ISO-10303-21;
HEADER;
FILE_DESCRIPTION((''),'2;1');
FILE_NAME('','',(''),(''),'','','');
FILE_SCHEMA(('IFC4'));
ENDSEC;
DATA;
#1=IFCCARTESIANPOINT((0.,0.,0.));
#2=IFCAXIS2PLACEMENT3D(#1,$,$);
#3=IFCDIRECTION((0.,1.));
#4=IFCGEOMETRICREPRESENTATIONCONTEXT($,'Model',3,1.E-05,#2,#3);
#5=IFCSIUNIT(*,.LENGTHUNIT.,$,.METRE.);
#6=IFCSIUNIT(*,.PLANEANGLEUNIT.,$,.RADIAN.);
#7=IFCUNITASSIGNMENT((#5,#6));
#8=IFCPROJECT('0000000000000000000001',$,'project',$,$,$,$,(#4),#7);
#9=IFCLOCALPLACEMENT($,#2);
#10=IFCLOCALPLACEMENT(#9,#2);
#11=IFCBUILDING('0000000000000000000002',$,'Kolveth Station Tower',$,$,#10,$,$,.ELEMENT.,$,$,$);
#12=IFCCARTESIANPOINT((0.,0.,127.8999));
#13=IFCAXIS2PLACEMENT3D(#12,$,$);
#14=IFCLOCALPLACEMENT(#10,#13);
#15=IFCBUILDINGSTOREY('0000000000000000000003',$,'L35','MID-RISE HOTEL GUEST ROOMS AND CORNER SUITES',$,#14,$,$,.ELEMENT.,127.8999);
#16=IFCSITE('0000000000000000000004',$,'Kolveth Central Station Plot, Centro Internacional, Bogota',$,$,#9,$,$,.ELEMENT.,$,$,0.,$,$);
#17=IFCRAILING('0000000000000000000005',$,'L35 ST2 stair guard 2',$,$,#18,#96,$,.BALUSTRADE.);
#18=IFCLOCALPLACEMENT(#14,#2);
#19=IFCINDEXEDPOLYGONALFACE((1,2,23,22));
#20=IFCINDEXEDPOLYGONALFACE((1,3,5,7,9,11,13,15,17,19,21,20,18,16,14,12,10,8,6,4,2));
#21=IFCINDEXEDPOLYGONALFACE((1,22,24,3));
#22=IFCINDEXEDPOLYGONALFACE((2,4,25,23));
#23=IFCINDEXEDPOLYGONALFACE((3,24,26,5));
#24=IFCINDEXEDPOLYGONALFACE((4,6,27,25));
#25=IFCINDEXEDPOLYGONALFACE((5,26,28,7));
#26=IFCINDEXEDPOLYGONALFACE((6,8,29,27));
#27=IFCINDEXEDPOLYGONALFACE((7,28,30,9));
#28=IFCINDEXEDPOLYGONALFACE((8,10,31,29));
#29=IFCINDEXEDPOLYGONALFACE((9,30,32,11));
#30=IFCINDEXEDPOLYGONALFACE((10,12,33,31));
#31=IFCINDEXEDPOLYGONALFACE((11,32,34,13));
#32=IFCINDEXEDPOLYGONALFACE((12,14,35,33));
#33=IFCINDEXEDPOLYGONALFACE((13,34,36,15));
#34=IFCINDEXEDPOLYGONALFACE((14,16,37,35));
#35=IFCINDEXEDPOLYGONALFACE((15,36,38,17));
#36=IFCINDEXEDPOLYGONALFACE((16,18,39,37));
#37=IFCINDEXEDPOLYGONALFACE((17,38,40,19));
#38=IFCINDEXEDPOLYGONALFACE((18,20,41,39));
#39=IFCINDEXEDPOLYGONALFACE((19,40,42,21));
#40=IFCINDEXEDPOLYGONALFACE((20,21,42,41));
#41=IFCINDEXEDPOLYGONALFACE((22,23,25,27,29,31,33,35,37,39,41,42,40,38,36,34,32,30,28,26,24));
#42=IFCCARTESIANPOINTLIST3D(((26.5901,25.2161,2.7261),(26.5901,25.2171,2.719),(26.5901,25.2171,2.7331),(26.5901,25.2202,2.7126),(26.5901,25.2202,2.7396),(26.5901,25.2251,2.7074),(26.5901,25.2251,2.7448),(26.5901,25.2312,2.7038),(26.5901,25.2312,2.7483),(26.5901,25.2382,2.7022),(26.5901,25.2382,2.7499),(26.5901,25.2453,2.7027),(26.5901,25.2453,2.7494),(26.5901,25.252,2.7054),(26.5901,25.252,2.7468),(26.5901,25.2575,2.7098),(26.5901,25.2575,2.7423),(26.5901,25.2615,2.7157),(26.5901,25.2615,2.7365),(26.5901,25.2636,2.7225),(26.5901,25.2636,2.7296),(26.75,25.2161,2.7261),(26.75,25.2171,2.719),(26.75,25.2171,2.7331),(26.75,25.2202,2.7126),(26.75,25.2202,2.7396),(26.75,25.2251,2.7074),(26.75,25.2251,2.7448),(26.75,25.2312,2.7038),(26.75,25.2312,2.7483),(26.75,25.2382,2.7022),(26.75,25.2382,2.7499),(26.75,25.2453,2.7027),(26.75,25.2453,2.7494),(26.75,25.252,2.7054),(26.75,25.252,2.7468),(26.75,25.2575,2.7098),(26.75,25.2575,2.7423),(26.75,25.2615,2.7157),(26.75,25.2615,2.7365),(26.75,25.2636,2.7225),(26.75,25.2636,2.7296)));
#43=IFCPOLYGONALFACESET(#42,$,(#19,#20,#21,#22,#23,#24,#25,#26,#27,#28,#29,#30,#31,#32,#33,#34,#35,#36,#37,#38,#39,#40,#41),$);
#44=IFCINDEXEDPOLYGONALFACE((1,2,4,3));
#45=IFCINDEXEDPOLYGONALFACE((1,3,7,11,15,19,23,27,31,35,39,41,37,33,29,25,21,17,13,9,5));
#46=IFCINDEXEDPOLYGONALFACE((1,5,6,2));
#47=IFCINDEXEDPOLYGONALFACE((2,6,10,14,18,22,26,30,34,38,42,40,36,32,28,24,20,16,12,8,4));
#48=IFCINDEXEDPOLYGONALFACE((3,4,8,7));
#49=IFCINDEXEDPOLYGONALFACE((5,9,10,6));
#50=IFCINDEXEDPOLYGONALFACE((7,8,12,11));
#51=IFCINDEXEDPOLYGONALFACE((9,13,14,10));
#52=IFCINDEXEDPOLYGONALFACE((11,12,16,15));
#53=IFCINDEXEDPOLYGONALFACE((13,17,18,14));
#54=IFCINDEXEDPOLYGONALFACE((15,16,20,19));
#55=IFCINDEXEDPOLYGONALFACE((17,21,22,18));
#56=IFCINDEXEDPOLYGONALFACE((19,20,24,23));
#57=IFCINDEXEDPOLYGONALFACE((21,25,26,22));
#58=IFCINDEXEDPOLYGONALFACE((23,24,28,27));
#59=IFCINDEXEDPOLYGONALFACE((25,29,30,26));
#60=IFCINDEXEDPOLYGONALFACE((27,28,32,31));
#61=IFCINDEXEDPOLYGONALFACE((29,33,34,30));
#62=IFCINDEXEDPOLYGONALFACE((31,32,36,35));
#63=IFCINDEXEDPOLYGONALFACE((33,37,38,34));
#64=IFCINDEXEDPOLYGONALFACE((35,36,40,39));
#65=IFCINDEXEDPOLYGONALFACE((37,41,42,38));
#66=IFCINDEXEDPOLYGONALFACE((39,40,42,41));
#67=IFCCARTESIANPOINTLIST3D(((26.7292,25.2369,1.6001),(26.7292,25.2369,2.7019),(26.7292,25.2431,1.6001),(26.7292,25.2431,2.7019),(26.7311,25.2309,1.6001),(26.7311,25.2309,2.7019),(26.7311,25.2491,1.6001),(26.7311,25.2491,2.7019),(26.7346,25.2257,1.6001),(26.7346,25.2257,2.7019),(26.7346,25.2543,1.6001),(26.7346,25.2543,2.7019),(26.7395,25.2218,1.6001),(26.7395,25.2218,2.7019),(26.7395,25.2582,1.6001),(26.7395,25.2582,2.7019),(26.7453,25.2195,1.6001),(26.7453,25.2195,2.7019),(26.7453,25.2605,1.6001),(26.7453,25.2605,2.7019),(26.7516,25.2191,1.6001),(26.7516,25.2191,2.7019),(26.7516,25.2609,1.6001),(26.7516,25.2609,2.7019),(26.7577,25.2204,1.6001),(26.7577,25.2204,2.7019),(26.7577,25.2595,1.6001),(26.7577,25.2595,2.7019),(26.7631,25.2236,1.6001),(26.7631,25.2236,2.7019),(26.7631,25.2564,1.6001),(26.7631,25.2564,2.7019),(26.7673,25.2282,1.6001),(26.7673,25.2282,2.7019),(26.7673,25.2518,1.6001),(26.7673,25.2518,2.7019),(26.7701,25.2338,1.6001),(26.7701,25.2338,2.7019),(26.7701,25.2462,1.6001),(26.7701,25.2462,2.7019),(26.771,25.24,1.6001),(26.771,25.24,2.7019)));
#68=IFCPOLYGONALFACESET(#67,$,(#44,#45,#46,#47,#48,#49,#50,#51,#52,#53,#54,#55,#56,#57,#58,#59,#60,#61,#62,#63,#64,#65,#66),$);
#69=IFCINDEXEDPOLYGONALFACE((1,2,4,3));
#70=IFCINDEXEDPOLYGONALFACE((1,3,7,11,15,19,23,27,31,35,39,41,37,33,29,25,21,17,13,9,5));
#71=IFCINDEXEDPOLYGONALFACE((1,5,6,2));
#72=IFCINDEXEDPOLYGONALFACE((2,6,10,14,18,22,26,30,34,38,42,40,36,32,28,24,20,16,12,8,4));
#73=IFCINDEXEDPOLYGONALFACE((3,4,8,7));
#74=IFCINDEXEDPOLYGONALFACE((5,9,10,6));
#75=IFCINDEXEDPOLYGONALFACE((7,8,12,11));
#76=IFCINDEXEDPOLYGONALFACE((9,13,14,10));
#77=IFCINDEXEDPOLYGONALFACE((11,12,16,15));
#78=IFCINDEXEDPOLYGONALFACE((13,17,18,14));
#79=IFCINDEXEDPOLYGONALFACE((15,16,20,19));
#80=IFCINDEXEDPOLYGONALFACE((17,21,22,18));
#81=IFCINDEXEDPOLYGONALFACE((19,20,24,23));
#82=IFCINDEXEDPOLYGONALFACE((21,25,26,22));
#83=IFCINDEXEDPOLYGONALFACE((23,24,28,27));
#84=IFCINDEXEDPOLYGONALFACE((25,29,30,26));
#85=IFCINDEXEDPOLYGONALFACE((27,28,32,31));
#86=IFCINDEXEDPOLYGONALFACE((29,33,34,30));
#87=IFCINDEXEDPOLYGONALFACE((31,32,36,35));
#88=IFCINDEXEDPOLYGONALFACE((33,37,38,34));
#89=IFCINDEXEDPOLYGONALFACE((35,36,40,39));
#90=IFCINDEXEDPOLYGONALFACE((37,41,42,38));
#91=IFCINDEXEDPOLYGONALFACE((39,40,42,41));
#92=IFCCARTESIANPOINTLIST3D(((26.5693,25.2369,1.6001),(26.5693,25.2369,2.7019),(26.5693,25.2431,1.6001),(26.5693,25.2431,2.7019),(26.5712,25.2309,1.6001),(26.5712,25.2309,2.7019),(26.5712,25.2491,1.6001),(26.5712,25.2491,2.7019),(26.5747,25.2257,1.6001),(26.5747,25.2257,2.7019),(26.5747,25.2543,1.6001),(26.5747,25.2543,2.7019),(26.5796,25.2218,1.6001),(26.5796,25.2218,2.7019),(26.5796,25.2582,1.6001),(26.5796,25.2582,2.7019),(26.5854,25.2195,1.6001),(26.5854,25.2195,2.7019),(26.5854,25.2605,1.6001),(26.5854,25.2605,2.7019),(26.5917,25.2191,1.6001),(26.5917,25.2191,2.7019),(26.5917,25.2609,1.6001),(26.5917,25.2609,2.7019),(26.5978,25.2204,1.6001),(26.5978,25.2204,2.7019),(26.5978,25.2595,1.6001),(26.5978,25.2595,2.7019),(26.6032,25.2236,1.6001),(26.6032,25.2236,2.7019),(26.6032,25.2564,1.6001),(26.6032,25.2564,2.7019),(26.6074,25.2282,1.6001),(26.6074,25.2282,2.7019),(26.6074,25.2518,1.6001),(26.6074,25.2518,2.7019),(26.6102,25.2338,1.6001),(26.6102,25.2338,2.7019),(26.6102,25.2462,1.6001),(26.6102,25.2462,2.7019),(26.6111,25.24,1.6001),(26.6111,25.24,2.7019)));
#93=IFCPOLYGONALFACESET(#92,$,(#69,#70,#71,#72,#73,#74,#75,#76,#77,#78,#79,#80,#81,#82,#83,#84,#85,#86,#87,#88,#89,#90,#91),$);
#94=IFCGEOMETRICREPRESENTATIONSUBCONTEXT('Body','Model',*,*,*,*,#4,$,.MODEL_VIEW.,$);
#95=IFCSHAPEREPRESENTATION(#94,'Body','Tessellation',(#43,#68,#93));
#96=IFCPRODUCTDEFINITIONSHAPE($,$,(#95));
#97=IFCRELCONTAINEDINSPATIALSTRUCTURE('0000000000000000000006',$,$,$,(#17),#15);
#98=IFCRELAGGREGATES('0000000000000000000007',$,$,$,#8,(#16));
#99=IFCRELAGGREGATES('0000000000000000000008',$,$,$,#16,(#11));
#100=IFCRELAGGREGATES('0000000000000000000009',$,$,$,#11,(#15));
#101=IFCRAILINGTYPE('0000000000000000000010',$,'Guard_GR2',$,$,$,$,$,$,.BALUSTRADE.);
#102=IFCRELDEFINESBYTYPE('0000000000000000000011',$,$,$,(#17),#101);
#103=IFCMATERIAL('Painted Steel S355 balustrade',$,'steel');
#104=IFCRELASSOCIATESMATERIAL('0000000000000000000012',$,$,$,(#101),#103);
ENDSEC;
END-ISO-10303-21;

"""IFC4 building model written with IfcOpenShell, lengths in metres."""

from ifc_helpers import new_model, si_unit, direction, frame, origin, origin_2d, place, context, subcontext, project, spatial, circle, extrude, material, type_object, element, save


model = new_model("IFC4")

# Units and contexts
model_context = context("Model", 3, precision=1e-05, world=origin(), true_north=direction((0.0, 1.0)))
body_context = subcontext(model_context, "Body", "Model", "MODEL_VIEW")
ifc_project = project(units=[si_unit("LENGTHUNIT", "METRE"), si_unit("PLANEANGLEUNIT", "RADIAN")], contexts=[model_context])

# Site, building, storey
site_placement = place(None, origin())
site = spatial("IfcSite", under=ifc_project, at=site_placement, Name="Kolveth Central Station Plot, Centro Internacional, Bogota", CompositionType="ELEMENT", RefElevation=0.0)
building_placement = place(site_placement, origin())
building = spatial("IfcBuilding", under=site, at=building_placement, Name="Kolveth Station Tower", CompositionType="ELEMENT")
storey_placement = place(building_placement, frame((0.0, 0.0, 127.8999)))
storey = spatial("IfcBuildingStorey", under=building, at=storey_placement, Name="L35", Description="MID-RISE HOTEL GUEST ROOMS AND CORNER SUITES", CompositionType="ELEMENT", Elevation=127.8999)

# Railing
ifc_material_1 = material(Name="Painted Steel S355 balustrade", Category="steel")
railing_type_1 = type_object("IfcRailingType", Name="Guard_GR2", PredefinedType="BALUSTRADE", material=ifc_material_1)
railing_1_placement = place(storey_placement, frame((26.75, 25.24, 1.6001)))
element("IfcRailing", 1, at=railing_1_placement, inside=storey, type_object=railing_type_1, Name="L35 ST2 stair guard 2", PredefinedType="BALUSTRADE", context=body_context, shape_type="SweptSolid", body=[
    extrude(circle(Radius=0.0239, at=origin_2d()), frame((0.0, 0.0, 1.126), z_axis=(-1.0, 0.0, 0.0), x_axis=(0.0, -1.0, 0.0)), (0.0, 0.0, 1.0), 0.1599),
    extrude(circle(Radius=0.021, at=origin_2d()), origin(), (0.0, 0.0, 1.0), 1.1018),
    extrude(circle(Radius=0.021, at=origin_2d()), frame((-0.1599, 0.0, 0.0)), (0.0, 0.0, 1.0), 1.1018),
])

save(model, "model.ifc")
